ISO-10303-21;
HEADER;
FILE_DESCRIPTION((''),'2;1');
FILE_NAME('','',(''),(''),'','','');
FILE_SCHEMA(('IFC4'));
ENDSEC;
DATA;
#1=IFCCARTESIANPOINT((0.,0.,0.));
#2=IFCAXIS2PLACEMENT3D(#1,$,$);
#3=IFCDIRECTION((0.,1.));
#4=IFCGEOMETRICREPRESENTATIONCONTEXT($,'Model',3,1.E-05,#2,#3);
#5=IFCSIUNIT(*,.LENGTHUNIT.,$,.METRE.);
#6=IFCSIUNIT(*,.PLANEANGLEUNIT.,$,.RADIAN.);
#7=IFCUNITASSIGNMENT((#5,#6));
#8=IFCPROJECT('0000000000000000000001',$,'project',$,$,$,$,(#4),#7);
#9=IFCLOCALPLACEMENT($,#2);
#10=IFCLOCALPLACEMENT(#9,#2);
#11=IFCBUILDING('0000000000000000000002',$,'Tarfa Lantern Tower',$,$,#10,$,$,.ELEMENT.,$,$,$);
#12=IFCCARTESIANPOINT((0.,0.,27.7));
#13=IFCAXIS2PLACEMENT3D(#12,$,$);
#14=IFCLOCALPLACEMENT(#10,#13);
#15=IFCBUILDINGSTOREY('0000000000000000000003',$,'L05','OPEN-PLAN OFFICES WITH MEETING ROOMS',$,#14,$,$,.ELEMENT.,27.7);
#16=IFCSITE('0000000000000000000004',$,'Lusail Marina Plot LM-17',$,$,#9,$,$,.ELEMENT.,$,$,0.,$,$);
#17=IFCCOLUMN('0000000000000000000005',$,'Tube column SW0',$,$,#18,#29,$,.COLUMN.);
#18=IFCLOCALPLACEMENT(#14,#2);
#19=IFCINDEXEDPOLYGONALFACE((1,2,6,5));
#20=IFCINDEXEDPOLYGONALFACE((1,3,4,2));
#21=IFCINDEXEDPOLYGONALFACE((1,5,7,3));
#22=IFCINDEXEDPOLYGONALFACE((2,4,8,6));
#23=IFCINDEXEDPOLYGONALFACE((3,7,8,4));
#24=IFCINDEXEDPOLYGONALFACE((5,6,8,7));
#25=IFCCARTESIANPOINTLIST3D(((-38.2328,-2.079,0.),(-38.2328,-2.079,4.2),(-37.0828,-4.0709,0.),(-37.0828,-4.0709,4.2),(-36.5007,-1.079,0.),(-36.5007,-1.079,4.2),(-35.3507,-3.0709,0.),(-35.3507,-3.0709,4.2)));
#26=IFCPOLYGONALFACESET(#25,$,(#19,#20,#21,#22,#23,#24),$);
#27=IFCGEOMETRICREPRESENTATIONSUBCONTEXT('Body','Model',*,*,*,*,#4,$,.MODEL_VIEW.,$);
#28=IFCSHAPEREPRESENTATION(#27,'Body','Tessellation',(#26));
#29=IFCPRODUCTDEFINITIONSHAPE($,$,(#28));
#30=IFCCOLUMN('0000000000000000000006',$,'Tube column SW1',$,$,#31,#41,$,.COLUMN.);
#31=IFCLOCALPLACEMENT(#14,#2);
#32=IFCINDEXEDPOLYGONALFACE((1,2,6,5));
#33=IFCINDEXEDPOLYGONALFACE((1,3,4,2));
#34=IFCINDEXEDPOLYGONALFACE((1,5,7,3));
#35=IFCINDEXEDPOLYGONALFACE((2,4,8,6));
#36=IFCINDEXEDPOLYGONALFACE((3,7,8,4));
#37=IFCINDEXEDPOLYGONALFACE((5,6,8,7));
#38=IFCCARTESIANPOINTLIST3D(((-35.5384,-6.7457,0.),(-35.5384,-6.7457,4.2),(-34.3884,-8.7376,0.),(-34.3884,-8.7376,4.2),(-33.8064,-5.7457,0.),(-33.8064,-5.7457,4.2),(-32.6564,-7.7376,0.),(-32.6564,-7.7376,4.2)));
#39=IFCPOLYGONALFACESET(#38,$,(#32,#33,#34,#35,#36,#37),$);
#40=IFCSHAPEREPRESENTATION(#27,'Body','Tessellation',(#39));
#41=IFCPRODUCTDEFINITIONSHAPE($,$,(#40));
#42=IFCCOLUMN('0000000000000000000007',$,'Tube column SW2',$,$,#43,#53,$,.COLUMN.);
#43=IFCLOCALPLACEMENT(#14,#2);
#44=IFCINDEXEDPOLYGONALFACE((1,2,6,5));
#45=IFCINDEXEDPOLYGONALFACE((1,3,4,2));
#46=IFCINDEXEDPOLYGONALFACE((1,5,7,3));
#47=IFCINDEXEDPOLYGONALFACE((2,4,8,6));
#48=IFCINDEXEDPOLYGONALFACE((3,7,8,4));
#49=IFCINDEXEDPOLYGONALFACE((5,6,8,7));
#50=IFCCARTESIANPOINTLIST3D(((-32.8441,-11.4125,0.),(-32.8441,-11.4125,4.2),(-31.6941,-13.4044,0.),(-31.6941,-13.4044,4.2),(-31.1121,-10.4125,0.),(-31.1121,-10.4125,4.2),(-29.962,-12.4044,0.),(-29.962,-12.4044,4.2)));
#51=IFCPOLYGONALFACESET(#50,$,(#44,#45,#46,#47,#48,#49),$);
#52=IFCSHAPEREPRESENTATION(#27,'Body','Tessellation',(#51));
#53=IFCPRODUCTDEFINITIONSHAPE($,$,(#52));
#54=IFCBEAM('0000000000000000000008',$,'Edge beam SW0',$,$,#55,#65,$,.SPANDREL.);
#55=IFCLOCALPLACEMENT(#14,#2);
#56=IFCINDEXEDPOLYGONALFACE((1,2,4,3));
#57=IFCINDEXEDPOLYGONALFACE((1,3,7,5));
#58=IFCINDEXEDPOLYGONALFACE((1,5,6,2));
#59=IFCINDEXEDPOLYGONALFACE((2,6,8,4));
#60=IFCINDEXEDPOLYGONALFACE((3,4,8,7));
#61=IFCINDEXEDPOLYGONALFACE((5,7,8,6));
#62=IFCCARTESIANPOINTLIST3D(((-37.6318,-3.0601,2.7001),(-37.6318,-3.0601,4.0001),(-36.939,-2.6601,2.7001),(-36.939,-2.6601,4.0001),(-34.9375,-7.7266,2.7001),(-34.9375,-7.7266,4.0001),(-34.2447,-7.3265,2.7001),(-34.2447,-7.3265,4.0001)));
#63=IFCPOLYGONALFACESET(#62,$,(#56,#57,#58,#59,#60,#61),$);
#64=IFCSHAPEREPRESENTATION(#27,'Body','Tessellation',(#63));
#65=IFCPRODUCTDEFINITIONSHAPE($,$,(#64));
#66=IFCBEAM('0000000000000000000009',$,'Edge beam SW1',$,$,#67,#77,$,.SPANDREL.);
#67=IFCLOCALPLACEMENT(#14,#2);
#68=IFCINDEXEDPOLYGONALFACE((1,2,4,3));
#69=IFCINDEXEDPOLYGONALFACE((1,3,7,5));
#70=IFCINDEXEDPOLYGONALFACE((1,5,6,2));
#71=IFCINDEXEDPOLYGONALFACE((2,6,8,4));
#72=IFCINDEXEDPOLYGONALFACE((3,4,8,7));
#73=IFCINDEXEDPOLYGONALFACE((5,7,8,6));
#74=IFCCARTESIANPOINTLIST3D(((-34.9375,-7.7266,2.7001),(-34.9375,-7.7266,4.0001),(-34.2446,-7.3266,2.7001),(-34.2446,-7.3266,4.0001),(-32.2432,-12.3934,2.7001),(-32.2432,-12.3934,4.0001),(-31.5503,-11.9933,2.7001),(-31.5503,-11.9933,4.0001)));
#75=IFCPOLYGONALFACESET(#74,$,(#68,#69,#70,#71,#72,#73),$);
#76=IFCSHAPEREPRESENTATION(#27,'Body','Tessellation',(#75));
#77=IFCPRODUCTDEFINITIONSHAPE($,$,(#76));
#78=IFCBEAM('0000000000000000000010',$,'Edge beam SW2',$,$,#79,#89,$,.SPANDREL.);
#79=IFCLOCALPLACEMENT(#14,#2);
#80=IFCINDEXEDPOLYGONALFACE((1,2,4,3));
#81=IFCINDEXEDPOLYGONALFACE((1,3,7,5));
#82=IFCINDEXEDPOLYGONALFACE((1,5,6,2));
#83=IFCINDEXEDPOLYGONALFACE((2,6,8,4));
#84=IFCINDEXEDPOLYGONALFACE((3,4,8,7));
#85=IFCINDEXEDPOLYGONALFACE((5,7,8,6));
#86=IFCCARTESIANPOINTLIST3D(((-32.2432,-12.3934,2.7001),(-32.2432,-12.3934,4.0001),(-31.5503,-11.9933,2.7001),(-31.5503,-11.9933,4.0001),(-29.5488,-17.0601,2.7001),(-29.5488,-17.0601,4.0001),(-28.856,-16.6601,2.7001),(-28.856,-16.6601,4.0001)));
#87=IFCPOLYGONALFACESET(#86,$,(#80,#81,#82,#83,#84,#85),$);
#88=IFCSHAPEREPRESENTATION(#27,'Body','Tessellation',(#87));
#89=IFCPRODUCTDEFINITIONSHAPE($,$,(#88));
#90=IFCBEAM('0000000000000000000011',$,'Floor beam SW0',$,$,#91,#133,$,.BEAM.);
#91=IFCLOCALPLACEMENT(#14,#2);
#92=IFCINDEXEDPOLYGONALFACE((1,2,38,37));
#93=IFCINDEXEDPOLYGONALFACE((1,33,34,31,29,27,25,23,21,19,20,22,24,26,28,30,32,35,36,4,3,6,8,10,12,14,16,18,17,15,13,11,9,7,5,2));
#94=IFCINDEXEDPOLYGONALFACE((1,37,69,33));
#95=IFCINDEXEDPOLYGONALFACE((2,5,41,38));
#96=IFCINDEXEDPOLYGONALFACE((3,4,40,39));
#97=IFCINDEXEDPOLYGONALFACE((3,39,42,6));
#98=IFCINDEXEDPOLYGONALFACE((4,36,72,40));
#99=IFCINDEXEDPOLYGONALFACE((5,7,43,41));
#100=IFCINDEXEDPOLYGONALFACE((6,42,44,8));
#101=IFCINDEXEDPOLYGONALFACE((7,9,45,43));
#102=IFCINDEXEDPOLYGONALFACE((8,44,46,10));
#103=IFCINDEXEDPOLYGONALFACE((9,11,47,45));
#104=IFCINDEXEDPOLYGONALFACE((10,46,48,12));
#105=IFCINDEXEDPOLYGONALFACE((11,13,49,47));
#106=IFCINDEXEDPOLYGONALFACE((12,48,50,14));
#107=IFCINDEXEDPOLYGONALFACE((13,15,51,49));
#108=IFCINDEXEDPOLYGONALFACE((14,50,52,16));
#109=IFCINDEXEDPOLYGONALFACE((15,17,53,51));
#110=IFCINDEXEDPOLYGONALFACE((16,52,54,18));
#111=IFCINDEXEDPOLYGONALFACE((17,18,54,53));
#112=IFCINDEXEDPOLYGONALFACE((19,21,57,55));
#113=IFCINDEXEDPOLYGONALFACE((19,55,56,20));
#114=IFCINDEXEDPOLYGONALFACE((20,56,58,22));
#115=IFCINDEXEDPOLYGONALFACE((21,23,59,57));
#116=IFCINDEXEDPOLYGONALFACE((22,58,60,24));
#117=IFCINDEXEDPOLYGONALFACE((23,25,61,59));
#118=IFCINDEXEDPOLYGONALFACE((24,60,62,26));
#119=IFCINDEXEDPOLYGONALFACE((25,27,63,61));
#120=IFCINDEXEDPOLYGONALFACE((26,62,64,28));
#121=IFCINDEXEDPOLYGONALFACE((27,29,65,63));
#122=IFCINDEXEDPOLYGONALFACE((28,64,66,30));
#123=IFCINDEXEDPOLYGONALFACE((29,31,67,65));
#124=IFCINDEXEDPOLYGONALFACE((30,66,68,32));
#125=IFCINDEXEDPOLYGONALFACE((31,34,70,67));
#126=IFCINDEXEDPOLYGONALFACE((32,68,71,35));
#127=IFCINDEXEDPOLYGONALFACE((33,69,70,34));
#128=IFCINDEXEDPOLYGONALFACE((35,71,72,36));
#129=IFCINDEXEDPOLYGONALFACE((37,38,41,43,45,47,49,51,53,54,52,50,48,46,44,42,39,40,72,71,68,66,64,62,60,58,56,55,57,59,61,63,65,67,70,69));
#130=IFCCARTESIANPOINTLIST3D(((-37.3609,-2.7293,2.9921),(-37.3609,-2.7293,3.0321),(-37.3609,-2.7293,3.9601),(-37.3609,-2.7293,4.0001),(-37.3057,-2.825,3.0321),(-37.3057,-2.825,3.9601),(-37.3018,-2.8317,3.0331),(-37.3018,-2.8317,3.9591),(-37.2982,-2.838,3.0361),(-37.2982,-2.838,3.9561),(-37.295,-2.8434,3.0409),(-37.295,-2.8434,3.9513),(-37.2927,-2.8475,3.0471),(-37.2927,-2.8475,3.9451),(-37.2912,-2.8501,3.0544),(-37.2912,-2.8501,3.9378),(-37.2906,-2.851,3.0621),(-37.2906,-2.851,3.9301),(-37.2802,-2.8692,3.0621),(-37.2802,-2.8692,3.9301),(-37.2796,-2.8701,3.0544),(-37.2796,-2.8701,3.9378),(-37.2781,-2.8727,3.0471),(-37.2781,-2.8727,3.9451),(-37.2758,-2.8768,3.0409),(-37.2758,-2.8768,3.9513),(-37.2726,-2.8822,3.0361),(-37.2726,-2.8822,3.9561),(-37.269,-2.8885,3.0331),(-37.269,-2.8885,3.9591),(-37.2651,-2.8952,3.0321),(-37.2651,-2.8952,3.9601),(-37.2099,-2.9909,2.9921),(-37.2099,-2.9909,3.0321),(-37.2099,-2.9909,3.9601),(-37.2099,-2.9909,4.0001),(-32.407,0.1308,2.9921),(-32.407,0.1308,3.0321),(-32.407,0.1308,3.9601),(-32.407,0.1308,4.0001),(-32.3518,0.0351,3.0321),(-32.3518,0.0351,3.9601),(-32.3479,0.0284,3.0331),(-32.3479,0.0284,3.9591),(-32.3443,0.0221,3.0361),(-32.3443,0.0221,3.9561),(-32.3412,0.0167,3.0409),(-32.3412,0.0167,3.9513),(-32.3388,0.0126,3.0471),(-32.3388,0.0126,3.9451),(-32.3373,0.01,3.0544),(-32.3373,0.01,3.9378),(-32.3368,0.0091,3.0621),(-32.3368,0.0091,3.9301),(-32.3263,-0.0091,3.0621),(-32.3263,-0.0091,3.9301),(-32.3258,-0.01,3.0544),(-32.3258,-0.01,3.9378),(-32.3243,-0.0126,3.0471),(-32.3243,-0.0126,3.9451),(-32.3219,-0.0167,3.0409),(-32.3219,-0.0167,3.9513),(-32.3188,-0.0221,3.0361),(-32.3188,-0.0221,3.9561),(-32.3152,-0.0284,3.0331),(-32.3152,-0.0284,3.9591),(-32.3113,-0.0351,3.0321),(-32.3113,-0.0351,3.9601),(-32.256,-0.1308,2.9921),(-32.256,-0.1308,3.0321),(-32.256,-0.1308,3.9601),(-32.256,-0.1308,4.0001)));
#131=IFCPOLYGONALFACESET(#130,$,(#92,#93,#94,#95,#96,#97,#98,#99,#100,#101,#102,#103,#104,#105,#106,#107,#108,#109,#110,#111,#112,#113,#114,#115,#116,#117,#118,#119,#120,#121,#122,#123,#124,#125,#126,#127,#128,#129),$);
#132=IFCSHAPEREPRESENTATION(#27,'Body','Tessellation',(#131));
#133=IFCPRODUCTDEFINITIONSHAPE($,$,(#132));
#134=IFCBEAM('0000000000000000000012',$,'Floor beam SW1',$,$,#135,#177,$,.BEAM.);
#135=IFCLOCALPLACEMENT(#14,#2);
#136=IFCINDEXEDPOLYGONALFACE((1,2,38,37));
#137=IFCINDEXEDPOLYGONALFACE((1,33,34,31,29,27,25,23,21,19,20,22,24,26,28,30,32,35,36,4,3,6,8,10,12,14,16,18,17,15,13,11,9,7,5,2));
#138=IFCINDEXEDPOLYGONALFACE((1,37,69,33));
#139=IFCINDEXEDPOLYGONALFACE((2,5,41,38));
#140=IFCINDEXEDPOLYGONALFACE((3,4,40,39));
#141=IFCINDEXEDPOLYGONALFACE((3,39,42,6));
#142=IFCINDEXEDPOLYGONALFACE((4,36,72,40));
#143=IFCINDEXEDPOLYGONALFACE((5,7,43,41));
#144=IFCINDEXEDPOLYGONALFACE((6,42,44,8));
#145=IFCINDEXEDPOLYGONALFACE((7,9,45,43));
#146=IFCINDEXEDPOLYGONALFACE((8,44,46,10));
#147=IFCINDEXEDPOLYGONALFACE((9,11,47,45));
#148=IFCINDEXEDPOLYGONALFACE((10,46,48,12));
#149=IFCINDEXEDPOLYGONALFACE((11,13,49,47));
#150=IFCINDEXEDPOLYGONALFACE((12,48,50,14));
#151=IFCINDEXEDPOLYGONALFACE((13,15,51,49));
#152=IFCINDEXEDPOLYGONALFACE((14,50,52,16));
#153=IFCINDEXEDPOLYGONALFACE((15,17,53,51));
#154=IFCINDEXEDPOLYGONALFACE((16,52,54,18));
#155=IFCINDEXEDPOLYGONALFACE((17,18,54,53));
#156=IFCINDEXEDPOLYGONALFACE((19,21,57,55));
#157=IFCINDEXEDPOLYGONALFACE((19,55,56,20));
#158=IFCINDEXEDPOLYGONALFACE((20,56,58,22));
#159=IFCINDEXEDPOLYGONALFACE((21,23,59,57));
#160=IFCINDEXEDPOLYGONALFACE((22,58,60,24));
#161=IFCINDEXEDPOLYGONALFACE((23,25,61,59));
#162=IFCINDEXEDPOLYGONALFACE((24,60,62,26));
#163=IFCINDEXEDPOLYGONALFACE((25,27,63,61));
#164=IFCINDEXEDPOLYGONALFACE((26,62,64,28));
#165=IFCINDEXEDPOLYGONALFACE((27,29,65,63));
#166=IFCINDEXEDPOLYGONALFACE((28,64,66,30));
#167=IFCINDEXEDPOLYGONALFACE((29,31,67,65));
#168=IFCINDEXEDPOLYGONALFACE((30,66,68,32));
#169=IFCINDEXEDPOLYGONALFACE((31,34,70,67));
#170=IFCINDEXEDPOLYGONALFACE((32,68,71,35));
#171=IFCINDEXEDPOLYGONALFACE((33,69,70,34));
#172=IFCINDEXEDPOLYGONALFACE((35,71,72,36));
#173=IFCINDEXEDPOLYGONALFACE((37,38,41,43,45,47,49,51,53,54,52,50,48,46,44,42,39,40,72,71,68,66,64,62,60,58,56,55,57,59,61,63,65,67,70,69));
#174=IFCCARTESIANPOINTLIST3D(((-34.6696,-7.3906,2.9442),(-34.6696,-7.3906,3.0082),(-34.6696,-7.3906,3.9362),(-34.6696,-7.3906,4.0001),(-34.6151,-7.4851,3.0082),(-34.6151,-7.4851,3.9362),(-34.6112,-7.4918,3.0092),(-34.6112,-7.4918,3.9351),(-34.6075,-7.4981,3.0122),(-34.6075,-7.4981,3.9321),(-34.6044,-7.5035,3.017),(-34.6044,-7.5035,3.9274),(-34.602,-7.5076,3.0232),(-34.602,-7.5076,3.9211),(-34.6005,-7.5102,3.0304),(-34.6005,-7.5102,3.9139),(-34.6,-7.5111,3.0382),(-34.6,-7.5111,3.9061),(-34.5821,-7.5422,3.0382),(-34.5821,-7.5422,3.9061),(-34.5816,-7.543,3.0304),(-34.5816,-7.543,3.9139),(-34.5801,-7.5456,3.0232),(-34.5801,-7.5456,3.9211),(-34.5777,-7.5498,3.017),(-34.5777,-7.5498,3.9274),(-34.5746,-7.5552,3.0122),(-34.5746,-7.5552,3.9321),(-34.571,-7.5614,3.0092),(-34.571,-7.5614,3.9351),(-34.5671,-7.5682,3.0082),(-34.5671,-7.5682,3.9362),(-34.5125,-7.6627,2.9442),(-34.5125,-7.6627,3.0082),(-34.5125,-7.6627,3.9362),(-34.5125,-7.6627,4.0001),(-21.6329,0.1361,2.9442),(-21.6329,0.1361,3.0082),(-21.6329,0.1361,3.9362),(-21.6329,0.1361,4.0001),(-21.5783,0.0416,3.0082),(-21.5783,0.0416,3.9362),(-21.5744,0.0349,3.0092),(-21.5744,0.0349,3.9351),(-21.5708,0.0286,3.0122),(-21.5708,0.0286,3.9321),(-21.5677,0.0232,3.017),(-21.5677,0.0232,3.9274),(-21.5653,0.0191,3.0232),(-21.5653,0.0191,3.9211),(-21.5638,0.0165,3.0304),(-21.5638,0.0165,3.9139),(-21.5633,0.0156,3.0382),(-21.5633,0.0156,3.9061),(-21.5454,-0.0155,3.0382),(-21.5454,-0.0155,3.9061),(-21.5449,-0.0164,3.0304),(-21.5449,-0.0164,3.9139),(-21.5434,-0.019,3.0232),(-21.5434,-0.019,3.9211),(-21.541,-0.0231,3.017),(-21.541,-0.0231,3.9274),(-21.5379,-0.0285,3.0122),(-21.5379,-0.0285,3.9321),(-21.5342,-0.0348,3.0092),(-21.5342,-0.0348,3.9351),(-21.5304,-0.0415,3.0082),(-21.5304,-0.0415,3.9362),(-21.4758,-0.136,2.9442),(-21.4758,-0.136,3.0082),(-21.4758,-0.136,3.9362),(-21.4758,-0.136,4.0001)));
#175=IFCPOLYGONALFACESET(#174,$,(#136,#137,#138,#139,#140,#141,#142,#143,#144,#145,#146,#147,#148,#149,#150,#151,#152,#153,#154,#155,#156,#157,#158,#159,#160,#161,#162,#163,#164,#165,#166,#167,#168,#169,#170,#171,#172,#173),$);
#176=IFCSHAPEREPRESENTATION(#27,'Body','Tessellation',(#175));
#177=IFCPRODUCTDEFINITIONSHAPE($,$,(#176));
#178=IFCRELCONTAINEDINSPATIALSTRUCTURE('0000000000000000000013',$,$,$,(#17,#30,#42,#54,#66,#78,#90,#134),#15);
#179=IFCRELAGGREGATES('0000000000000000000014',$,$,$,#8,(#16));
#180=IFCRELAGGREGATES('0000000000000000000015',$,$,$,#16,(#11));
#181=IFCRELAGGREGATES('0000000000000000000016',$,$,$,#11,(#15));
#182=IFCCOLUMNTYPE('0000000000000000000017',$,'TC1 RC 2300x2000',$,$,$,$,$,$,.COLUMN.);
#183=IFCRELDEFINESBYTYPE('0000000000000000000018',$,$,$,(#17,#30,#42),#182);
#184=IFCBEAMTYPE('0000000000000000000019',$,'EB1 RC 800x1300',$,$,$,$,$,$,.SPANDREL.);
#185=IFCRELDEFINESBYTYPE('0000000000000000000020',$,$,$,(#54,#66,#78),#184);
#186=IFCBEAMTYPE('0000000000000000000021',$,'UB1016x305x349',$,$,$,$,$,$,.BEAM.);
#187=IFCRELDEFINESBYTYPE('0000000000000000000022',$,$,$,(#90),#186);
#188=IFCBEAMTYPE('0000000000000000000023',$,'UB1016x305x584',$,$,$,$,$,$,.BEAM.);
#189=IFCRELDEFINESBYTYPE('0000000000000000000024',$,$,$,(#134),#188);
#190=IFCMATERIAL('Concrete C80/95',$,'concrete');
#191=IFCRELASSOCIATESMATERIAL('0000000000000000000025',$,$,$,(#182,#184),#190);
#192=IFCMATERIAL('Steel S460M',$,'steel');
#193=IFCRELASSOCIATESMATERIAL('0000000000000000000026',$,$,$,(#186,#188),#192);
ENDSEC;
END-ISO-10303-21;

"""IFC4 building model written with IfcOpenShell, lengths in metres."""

from ifc_helpers import new_model, si_unit, direction, frame, origin, origin_2d, place, context, subcontext, project, spatial, rectangle, i_section, extrude, material, material_profile, profile_set, type_object, element, save


model = new_model("IFC4")

# Units and contexts
model_context = context("Model", 3, precision=1e-05, world=origin(), true_north=direction((0.0, 1.0)))
body_context = subcontext(model_context, "Body", "Model", "MODEL_VIEW")
ifc_project = project(units=[si_unit("LENGTHUNIT", "METRE"), si_unit("PLANEANGLEUNIT", "RADIAN")], contexts=[model_context])

# Site, building, storey
site_placement = place(None, origin())
site = spatial("IfcSite", under=ifc_project, at=site_placement, Name="Lusail Marina Plot LM-17", CompositionType="ELEMENT", RefElevation=0.0)
building_placement = place(site_placement, origin())
building = spatial("IfcBuilding", under=site, at=building_placement, Name="Tarfa Lantern Tower", CompositionType="ELEMENT")
storey_placement = place(building_placement, frame((0.0, 0.0, 27.7)))
storey = spatial("IfcBuildingStorey", under=building, at=storey_placement, Name="L05", Description="OPEN-PLAN OFFICES WITH MEETING ROOMS", CompositionType="ELEMENT", Elevation=27.7)

# Columns
ifc_material_1 = material(Name="Concrete C80/95", Category="concrete")
ifc_material_profile_1 = material_profile(ifc_material_1, rectangle(XDim=2.3, YDim=2.0, at=origin_2d()), Name="RC 2300x2000")
ifc_profile_set_1 = profile_set([ifc_material_profile_1], Name="Concrete C80/95")
column_type = type_object("IfcColumnType", Name="TC1 RC 2300x2000", PredefinedType="COLUMN", material=ifc_profile_set_1)
for number, where, z_axis, x_axis, name in (
    (1, (-36.7917, -2.575, 0.0), (0.0, 0.0, 1.0), (0.5, -0.866025, 0.0), "Tube column SW0"),
    (2, (-34.0974, -7.2417, 0.0), (0.0, 0.0, 1.0), (0.5, -0.866025, 0.0), "Tube column SW1"),
    (3, (-31.4031, -11.9084, 0.0), (0.0, 0.0, 1.0), (0.5, -0.866025, 0.0), "Tube column SW2"),
):
    element("IfcColumn", number, at=place(storey_placement, frame(where, z_axis=z_axis, x_axis=x_axis)), inside=storey, type_object=column_type, Name=name, PredefinedType="COLUMN", context=body_context, shape_type="SweptSolid", body=[
        extrude(rectangle(XDim=2.3, YDim=2.0, at=origin_2d()), origin(), (0.0, 0.0, 1.0), 4.2),
    ])

# Beams
ifc_material_profile_2 = material_profile(ifc_material_1, rectangle(XDim=0.8, YDim=1.3, at=origin_2d()), Name="RC 800x1300")
ifc_profile_set_2 = profile_set([ifc_material_profile_2], Name="Concrete C80/95")
beam_type_1 = type_object("IfcBeamType", Name="EB1 RC 800x1300", PredefinedType="SPANDREL", material=ifc_profile_set_2)
beam_1_placement = place(storey_placement, frame((-37.2854, -2.8601, 3.3501), z_axis=(0.500018, -0.866015, 0.0), x_axis=(0.866015, 0.500018, 0.0)))
element("IfcBeam", 4, at=beam_1_placement, inside=storey, type_object=beam_type_1, Name="Edge beam SW0", PredefinedType="SPANDREL", context=body_context, shape_type="SweptSolid", body=[
    extrude(rectangle(XDim=0.8, YDim=1.3, at=origin_2d()), origin(), (0.0, 0.0, 1.0), 5.3884),
])
for number, where, z_axis, x_axis, name in (
    (5, (-34.5911, -7.5266, 3.3501), (0.499998, -0.866026, 0.0), (0.866026, 0.499998, 0.0), "Edge beam SW1"),
    (6, (-31.8967, -12.1934, 3.3501), (0.499998, -0.866026, 0.0), (0.866026, 0.499998, 0.0), "Edge beam SW2"),
):
    element("IfcBeam", number, at=place(storey_placement, frame(where, z_axis=z_axis, x_axis=x_axis)), inside=storey, type_object=beam_type_1, Name=name, PredefinedType="SPANDREL", context=body_context, shape_type="SweptSolid", body=[
        extrude(rectangle(XDim=0.8, YDim=1.3, at=origin_2d()), origin(), (0.0, 0.0, 1.0), 5.3887),
    ])
ifc_material_2 = material(Name="Steel S460M", Category="steel")
ifc_material_profile_3 = material_profile(ifc_material_2, i_section(OverallWidth=0.302, OverallDepth=1.0081, WebThickness=0.021, FlangeThickness=0.04, FilletRadius=0.03, at=origin_2d()), Name="UB1016x305x349")
ifc_profile_set_3 = profile_set([ifc_material_profile_3], Name="Steel S460M")
beam_type_2 = type_object("IfcBeamType", Name="UB1016x305x349", PredefinedType="BEAM", material=ifc_profile_set_3)
beam_2_placement = place(storey_placement, frame((-37.2854, -2.8601, 3.4961), z_axis=(0.866026, 0.5, 0.0), x_axis=(-0.5, 0.866026, 0.0)))
element("IfcBeam", 7, at=beam_2_placement, inside=storey, type_object=beam_type_2, Name="Floor beam SW0", PredefinedType="BEAM", context=body_context, shape_type="SweptSolid", body=[
    extrude(i_section(OverallWidth=0.302, OverallDepth=1.0081, WebThickness=0.021, FlangeThickness=0.04, FilletRadius=0.03, at=origin_2d()), origin(), (0.0, 0.0, 1.0), 5.7202),
])
ifc_material_profile_4 = material_profile(ifc_material_2, i_section(OverallWidth=0.3142, OverallDepth=1.0559, WebThickness=0.0359, FlangeThickness=0.064, FilletRadius=0.03, at=origin_2d()), Name="UB1016x305x584")
ifc_profile_set_4 = profile_set([ifc_material_profile_4], Name="Steel S460M")
beam_type_3 = type_object("IfcBeamType", Name="UB1016x305x584", PredefinedType="BEAM", material=ifc_profile_set_4)
beam_3_placement = place(storey_placement, frame((-34.5911, -7.5266, 3.4722), z_axis=(0.866028, 0.499996, 0.0), x_axis=(-0.499996, 0.866028, 0.0)))
element("IfcBeam", 8, at=beam_3_placement, inside=storey, type_object=beam_type_3, Name="Floor beam SW1", PredefinedType="BEAM", context=body_context, shape_type="SweptSolid", body=[
    extrude(i_section(OverallWidth=0.3142, OverallDepth=1.0559, WebThickness=0.0359, FlangeThickness=0.064, FilletRadius=0.03, at=origin_2d()), origin(), (0.0, 0.0, 1.0), 15.0535),
])

save(model, "model.ifc")
